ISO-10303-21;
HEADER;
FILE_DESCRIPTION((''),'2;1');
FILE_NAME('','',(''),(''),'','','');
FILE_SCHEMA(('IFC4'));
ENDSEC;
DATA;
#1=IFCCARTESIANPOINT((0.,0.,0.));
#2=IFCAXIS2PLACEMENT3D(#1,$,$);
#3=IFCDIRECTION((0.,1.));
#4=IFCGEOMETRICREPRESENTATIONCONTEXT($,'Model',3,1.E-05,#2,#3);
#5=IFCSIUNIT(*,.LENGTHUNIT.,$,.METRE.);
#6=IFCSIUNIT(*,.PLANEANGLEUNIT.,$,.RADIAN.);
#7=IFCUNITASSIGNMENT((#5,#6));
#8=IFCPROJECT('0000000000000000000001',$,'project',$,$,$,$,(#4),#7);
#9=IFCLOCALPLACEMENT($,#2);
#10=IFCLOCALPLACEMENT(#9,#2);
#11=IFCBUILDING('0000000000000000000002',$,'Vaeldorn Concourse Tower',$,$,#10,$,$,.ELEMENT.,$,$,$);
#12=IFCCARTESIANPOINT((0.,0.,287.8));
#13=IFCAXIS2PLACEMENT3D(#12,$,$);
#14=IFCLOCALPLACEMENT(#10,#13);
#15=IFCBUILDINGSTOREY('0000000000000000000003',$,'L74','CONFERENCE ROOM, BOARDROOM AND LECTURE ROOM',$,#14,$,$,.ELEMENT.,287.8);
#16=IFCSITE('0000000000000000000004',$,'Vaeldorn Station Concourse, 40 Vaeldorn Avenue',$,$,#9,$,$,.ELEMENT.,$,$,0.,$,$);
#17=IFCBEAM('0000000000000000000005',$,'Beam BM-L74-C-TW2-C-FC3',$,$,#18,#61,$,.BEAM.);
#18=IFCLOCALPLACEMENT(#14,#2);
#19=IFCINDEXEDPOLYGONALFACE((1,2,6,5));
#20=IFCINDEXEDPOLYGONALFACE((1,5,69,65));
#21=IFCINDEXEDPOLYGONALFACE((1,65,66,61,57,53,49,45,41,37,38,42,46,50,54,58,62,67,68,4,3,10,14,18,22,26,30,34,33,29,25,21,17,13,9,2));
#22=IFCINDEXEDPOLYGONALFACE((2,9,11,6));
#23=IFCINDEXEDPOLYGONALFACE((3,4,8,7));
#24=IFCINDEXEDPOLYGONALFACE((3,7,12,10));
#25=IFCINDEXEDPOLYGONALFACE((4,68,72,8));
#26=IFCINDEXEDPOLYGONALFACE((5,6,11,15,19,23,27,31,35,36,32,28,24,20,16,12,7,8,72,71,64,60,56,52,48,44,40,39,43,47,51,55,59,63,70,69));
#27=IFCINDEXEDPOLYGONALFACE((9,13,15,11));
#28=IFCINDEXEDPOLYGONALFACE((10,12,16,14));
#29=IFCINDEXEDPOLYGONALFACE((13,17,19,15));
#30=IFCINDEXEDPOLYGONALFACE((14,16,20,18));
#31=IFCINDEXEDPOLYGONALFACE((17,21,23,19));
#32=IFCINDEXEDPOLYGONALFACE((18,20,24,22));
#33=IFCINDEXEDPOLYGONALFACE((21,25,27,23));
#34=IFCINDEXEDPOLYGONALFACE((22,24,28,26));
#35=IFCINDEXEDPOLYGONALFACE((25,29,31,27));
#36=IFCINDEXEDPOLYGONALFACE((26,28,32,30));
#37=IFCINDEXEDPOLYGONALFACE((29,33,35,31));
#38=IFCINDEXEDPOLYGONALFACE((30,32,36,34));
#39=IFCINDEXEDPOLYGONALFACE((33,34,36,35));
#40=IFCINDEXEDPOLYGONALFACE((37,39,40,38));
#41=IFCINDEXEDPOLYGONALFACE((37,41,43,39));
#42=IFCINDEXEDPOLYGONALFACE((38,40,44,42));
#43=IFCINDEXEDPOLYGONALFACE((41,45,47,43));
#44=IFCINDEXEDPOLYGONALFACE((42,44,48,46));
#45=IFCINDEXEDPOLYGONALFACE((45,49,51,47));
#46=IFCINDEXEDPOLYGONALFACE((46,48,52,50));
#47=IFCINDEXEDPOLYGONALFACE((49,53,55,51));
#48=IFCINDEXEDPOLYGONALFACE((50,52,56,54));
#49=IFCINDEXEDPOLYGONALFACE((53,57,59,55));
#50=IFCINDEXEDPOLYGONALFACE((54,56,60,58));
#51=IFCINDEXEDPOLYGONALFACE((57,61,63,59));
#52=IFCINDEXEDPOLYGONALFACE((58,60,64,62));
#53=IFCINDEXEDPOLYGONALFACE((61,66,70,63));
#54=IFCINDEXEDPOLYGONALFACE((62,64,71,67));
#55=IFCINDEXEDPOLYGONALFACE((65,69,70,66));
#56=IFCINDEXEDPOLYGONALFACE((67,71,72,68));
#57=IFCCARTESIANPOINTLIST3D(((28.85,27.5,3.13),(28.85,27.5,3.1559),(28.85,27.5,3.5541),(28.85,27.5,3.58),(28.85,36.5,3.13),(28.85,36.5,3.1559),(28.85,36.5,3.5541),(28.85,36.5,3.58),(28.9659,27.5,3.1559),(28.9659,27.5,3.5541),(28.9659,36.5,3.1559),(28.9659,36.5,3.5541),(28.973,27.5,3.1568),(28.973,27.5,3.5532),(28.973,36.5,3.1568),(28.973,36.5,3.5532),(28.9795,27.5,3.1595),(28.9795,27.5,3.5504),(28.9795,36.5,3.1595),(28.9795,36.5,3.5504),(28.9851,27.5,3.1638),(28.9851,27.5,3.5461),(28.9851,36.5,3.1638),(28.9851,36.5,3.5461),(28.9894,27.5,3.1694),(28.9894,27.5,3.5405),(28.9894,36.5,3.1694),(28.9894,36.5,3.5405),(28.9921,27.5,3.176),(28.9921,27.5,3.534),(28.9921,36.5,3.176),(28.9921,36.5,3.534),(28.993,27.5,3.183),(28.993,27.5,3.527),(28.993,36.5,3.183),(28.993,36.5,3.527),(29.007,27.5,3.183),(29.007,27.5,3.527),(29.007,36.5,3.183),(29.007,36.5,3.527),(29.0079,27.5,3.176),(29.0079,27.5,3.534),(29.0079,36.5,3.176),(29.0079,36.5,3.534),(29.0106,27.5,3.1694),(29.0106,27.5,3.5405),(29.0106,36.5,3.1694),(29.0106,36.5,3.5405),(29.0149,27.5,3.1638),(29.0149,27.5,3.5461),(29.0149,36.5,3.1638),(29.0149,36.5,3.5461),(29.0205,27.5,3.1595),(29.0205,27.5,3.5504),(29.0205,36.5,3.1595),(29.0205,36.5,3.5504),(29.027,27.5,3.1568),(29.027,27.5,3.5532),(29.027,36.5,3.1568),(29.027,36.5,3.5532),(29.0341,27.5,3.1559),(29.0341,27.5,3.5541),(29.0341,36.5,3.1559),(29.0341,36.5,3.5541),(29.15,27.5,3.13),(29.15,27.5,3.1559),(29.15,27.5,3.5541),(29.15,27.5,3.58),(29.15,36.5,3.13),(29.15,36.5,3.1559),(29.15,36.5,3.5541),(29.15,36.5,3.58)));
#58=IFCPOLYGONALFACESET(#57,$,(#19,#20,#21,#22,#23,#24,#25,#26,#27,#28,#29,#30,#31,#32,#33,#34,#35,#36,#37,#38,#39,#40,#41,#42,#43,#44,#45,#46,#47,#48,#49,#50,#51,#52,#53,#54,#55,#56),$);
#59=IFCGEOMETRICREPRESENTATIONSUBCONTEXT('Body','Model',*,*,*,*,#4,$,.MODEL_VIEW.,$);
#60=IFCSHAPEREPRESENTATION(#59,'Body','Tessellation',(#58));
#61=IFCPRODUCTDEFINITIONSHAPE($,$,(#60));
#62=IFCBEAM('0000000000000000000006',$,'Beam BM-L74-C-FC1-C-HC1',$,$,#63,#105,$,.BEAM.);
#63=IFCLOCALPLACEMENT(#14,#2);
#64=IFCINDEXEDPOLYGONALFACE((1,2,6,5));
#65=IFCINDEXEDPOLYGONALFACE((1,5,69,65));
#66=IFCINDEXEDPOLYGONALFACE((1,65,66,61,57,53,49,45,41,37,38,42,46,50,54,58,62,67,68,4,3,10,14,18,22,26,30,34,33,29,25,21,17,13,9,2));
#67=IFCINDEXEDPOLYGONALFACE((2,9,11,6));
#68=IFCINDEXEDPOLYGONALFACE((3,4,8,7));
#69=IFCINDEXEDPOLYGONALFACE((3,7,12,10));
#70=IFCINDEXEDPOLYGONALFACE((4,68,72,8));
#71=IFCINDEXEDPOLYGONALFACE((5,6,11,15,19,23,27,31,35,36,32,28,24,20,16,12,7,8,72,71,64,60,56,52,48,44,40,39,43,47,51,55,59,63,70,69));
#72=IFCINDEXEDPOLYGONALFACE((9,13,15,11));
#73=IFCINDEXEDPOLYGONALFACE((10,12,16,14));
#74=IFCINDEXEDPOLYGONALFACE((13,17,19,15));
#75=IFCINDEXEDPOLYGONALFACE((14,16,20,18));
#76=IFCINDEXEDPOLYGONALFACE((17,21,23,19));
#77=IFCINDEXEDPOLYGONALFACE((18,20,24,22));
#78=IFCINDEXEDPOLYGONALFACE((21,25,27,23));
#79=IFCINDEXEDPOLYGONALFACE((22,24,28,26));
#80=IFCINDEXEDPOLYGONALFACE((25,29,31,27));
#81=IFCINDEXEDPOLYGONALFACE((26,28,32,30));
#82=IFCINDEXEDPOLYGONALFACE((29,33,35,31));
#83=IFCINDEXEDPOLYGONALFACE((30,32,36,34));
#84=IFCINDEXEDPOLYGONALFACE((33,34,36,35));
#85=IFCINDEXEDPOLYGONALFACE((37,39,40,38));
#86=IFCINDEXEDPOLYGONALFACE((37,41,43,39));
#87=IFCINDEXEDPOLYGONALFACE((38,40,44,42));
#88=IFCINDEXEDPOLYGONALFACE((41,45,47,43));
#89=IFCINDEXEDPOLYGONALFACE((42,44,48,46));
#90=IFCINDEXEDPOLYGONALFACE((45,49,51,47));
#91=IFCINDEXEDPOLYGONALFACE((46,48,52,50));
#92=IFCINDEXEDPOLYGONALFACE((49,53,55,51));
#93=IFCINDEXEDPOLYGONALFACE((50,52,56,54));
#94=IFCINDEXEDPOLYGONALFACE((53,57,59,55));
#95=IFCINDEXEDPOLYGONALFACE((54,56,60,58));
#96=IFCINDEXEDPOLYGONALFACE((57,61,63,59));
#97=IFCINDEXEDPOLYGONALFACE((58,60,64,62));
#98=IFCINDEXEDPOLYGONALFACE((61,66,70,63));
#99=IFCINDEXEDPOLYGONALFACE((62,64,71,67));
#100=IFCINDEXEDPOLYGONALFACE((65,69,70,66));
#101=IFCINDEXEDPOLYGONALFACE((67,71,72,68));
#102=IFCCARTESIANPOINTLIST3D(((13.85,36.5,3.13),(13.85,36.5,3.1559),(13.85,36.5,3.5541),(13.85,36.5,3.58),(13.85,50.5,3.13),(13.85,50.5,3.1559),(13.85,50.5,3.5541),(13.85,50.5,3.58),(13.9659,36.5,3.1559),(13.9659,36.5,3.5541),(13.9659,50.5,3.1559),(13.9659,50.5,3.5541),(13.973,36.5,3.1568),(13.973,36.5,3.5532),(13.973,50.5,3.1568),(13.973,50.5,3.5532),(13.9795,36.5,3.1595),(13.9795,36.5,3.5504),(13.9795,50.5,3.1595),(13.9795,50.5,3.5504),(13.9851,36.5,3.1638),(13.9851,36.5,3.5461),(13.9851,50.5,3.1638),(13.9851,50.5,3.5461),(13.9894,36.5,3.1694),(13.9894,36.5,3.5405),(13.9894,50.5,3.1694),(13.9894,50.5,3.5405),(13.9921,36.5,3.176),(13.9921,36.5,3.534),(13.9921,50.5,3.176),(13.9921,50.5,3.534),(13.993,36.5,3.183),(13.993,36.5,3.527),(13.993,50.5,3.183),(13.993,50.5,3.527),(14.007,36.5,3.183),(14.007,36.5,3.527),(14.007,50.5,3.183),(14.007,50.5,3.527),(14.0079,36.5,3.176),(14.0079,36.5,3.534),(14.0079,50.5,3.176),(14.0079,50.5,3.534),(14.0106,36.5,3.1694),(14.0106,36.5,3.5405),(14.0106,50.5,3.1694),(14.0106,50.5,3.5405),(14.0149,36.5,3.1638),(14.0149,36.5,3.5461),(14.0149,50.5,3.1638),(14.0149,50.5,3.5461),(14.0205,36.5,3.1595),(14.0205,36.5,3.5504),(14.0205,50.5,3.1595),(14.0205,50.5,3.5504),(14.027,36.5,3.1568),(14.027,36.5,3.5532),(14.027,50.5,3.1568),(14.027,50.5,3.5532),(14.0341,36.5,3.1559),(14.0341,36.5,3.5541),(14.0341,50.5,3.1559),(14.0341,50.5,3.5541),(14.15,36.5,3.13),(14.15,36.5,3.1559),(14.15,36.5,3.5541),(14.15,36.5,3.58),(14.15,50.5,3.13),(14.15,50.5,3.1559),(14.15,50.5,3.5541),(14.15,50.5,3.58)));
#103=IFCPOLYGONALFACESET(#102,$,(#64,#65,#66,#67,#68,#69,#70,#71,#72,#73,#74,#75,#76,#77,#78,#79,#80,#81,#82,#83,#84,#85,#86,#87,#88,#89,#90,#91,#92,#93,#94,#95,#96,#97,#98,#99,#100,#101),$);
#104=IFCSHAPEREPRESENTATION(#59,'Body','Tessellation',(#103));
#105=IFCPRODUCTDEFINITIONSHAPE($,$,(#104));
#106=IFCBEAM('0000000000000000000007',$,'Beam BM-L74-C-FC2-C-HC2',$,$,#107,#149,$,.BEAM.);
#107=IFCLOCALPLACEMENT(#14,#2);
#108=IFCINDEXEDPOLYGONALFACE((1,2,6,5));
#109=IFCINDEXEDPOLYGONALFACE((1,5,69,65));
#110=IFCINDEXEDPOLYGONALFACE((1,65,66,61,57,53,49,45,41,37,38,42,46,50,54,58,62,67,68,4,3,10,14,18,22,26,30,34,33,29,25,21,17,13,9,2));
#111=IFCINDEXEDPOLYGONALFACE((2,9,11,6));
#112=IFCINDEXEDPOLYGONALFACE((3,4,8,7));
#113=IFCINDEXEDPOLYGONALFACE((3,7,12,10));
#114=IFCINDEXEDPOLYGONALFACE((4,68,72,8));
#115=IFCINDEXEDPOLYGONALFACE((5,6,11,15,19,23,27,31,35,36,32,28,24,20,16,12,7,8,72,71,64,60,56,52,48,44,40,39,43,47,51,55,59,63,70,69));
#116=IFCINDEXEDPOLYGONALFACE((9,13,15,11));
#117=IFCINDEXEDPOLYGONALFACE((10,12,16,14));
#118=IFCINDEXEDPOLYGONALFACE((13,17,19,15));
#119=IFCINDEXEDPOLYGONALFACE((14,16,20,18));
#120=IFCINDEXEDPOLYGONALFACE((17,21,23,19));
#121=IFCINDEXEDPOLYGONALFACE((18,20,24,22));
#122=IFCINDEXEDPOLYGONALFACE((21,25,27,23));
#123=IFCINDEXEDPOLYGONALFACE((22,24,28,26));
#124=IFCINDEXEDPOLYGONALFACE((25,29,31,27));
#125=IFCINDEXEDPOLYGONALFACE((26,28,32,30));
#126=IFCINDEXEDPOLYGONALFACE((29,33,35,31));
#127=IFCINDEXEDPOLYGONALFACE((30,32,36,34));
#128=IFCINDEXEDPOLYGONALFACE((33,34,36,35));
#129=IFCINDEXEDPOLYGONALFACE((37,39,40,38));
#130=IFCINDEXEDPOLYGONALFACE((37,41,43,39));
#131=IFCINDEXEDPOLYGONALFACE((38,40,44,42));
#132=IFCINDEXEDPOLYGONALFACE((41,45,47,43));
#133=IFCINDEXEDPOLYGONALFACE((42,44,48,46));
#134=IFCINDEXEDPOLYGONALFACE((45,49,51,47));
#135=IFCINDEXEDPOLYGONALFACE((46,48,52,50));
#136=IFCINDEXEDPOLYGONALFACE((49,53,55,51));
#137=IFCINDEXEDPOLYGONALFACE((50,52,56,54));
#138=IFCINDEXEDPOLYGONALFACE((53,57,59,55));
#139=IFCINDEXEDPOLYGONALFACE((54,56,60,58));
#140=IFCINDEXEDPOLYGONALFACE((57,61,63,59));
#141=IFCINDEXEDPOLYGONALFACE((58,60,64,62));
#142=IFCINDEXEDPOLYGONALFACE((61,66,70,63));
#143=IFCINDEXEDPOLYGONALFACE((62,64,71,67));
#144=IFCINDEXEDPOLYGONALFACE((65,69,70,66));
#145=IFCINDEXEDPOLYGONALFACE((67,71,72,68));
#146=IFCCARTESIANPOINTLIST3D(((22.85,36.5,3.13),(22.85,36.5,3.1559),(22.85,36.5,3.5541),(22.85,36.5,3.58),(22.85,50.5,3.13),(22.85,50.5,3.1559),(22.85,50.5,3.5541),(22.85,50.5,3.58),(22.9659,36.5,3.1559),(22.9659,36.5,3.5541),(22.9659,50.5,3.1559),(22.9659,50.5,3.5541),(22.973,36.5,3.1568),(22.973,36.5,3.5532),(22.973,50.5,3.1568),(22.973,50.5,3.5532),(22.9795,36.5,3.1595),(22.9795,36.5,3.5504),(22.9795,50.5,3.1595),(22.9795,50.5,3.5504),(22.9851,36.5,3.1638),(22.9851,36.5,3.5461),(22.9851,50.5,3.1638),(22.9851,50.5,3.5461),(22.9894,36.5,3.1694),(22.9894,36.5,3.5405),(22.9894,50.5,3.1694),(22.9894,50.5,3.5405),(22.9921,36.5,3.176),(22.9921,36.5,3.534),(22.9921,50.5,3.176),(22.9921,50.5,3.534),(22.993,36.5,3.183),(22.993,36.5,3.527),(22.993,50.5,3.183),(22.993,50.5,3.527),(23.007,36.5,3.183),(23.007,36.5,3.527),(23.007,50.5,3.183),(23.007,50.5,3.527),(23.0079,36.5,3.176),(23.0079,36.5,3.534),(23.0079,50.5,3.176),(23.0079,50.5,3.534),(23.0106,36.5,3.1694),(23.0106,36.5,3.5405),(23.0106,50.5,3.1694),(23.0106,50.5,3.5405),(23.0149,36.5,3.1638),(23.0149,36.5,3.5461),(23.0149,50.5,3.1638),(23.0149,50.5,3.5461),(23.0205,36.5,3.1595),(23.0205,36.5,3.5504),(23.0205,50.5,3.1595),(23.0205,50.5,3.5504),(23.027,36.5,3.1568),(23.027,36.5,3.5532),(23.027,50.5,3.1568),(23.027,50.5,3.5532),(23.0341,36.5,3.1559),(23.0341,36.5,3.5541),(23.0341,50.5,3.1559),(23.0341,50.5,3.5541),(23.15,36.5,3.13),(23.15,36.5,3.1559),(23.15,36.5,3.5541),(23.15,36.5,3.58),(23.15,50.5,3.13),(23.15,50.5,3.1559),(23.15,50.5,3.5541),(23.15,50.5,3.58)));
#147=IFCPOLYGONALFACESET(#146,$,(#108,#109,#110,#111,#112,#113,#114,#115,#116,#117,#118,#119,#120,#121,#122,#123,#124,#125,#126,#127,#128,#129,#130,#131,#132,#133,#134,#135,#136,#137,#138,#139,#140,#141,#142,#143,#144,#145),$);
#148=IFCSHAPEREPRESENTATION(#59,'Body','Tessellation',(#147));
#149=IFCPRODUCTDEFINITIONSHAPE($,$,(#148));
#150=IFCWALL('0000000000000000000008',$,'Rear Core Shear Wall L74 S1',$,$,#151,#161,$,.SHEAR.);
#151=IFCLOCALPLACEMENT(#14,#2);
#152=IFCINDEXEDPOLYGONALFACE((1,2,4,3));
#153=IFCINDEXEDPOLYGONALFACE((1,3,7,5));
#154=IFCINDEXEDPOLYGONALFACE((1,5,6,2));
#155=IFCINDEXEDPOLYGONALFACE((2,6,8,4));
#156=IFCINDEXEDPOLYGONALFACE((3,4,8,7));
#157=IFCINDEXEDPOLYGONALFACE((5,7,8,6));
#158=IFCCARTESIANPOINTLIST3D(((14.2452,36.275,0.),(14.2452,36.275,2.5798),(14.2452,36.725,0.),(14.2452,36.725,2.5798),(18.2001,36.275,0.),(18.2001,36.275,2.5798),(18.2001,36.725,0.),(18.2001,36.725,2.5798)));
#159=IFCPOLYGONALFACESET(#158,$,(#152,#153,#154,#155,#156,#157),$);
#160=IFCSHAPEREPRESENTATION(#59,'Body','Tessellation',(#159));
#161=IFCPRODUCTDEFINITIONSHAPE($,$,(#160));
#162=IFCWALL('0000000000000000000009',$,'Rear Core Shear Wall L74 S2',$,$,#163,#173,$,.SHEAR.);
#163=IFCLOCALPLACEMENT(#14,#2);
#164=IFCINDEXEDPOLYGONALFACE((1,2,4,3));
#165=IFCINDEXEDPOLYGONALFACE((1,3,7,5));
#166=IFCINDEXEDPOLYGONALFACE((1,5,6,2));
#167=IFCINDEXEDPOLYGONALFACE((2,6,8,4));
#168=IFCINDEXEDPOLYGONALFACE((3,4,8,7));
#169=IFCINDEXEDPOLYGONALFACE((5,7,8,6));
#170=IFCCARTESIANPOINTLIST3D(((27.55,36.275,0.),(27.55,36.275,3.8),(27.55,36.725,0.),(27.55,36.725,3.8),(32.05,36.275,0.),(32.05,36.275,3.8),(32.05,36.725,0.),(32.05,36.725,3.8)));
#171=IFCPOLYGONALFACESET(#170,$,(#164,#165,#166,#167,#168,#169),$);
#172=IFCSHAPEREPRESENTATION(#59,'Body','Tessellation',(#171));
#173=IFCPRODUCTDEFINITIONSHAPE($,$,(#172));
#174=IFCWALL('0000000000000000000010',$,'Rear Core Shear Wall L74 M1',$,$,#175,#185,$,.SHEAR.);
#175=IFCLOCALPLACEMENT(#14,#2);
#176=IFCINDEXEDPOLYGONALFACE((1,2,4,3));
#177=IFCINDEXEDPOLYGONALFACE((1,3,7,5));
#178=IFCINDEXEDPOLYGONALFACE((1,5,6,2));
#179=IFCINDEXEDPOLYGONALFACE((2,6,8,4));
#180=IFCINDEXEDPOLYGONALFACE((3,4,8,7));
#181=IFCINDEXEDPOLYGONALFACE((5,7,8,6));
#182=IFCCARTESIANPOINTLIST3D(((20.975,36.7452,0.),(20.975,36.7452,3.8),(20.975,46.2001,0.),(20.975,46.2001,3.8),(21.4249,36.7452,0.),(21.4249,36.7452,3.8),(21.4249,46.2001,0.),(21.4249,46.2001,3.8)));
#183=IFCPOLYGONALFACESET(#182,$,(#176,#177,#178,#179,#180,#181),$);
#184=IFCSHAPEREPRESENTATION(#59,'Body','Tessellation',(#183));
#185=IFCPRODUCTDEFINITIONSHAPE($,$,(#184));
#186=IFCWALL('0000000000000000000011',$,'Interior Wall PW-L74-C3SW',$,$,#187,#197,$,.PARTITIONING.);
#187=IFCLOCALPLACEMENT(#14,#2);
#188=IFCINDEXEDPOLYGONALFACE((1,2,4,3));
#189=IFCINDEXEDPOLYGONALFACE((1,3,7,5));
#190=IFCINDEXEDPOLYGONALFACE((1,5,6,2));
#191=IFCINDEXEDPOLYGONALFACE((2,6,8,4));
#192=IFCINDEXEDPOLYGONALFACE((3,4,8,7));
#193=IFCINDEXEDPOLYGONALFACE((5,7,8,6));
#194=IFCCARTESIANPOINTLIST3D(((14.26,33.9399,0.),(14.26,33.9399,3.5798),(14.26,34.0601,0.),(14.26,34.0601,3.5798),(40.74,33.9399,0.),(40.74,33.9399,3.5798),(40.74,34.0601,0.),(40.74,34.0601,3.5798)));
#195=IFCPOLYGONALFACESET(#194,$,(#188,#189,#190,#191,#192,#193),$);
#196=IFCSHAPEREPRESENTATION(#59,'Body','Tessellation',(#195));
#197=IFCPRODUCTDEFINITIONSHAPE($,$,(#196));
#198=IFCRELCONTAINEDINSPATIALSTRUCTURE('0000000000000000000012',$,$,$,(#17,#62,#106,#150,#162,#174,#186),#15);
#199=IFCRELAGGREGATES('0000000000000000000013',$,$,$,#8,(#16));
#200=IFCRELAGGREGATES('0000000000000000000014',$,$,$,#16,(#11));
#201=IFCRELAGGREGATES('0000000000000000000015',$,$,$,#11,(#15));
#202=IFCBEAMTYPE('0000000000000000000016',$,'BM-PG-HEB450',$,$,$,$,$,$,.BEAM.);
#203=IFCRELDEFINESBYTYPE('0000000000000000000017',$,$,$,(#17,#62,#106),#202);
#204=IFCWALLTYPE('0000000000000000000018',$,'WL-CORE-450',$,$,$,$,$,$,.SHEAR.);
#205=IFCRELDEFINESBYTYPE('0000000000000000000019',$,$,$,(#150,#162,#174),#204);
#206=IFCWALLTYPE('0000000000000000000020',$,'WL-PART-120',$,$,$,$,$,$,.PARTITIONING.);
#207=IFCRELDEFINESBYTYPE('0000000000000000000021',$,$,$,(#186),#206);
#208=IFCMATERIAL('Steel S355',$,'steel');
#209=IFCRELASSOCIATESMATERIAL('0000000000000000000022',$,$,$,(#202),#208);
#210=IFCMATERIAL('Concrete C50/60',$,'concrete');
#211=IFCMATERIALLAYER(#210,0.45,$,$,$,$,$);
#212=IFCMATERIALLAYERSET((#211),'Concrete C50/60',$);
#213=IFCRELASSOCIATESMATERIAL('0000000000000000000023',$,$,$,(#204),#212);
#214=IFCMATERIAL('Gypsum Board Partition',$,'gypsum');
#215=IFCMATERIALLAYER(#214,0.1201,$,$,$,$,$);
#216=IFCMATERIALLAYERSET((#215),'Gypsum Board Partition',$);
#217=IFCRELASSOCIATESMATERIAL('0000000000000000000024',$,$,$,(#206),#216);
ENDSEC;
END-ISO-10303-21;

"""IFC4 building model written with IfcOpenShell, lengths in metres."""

from ifc_helpers import new_model, si_unit, direction, frame, frame_2d, origin, origin_2d, place, context, subcontext, project, spatial, rectangle, i_section, extrude, source, transform, mapped, material, layer, layer_set, material_profile, profile_set, type_object, element, save


model = new_model("IFC4")

# Units and contexts
model_context = context("Model", 3, precision=1e-05, world=origin(), true_north=direction((0.0, 1.0)))
body_context = subcontext(model_context, "Body", "Model", "MODEL_VIEW")
ifc_project = project(units=[si_unit("LENGTHUNIT", "METRE"), si_unit("PLANEANGLEUNIT", "RADIAN")], contexts=[model_context])

# Site, building, storey
site_placement = place(None, origin())
site = spatial("IfcSite", under=ifc_project, at=site_placement, Name="Vaeldorn Station Concourse, 40 Vaeldorn Avenue", CompositionType="ELEMENT", RefElevation=0.0)
building_placement = place(site_placement, origin())
building = spatial("IfcBuilding", under=site, at=building_placement, Name="Vaeldorn Concourse Tower", CompositionType="ELEMENT")
storey_placement = place(building_placement, frame((0.0, 0.0, 287.8)))
storey = spatial("IfcBuildingStorey", under=building, at=storey_placement, Name="L74", Description="CONFERENCE ROOM, BOARDROOM AND LECTURE ROOM", CompositionType="ELEMENT", Elevation=287.8)

# Shared definitions
ifc_material_1 = material(Name="Steel S355", Category="steel")

# Beams
ifc_material_2 = material(Name="Concrete C50/60", Category="concrete")
ifc_material_profile_1 = material_profile(ifc_material_1, i_section(OverallWidth=0.3, OverallDepth=0.45, WebThickness=0.0139, FlangeThickness=0.0259, FilletRadius=0.0271, at=origin_2d()), Name="HEB 450")
ifc_profile_set_1 = profile_set([ifc_material_profile_1], Name="Steel S355")
beam_type_1 = type_object("IfcBeamType", Name="BM-PG-HEB450", PredefinedType="BEAM", material=ifc_profile_set_1)
shared_shape_1 = source(origin(), body_context, "Body", "SweptSolid", [
    extrude(i_section(OverallWidth=0.3, OverallDepth=0.45, WebThickness=0.0139, FlangeThickness=0.0259, FilletRadius=0.0271, at=origin_2d()), origin(), (0.0, 0.0, 1.0), 9.0),
])
beam_1_placement = place(storey_placement, frame((29.0, 27.5, 3.355), z_axis=(0.0, 1.0, 0.0), x_axis=(-1.0, 0.0, 0.0)))
element("IfcBeam", 1, at=beam_1_placement, inside=storey, type_object=beam_type_1, Name="Beam BM-L74-C-TW2-C-FC3", PredefinedType="BEAM", context=body_context, shape_type="MappedRepresentation", body=[
    mapped(shared_shape_1, transform((0.0, 0.0, 0.0), scale=1.0)),
])
shared_shape_2 = source(origin(), body_context, "Body", "SweptSolid", [
    extrude(i_section(OverallWidth=0.3, OverallDepth=0.45, WebThickness=0.0139, FlangeThickness=0.0259, FilletRadius=0.0271, at=origin_2d()), origin(), (0.0, 0.0, 1.0), 14.0),
])
for number, where, z_axis, x_axis, name in (
    (2, (14.0, 36.5, 3.355), (0.0, 1.0, 0.0), (-1.0, 0.0, 0.0), "Beam BM-L74-C-FC1-C-HC1"),
    (3, (23.0, 36.5, 3.355), (0.0, 1.0, 0.0), (-1.0, 0.0, 0.0), "Beam BM-L74-C-FC2-C-HC2"),
):
    element("IfcBeam", number, at=place(storey_placement, frame(where, z_axis=z_axis, x_axis=x_axis)), inside=storey, type_object=beam_type_1, Name=name, PredefinedType="BEAM", context=body_context, shape_type="MappedRepresentation", body=[
        mapped(shared_shape_2, transform((0.0, 0.0, 0.0), scale=1.0)),
    ])

# Walls
ifc_layer_1 = layer(ifc_material_2, 0.45)
ifc_layer_set_1 = layer_set([ifc_layer_1], Name="Concrete C50/60")
wall_type_1 = type_object("IfcWallType", Name="WL-CORE-450", PredefinedType="SHEAR", material=ifc_layer_set_1)
wall_1_placement = place(storey_placement, frame((14.2451, 36.5, 0.0), z_axis=(0.0, 0.0, 1.0), x_axis=(1.0, 0.0, 0.0)))
element("IfcWall", 4, at=wall_1_placement, inside=storey, type_object=wall_type_1, Name="Rear Core Shear Wall L74 S1", PredefinedType="SHEAR", context=body_context, shape_type="SweptSolid", body=[
    extrude(rectangle(XDim=3.9548, YDim=0.45, at=frame_2d((1.9775, 0.0))), origin(), (0.0, 0.0, 1.0), 2.5798),
])
wall_2_placement = place(storey_placement, frame((27.55, 36.5, 0.0), z_axis=(0.0, 0.0, 1.0), x_axis=(1.0, 0.0, 0.0)))
element("IfcWall", 5, at=wall_2_placement, inside=storey, type_object=wall_type_1, Name="Rear Core Shear Wall L74 S2", PredefinedType="SHEAR", context=body_context, shape_type="SweptSolid", body=[
    extrude(rectangle(XDim=4.5, YDim=0.45, at=frame_2d((2.25, 0.0))), origin(), (0.0, 0.0, 1.0), 3.8),
])
wall_3_placement = place(storey_placement, frame((21.2, 36.7451, 0.0), z_axis=(0.0, 0.0, 1.0), x_axis=(0.0, 1.0, 0.0)))
element("IfcWall", 6, at=wall_3_placement, inside=storey, type_object=wall_type_1, Name="Rear Core Shear Wall L74 M1", PredefinedType="SHEAR", context=body_context, shape_type="SweptSolid", body=[
    extrude(rectangle(XDim=9.4548, YDim=0.45, at=frame_2d((4.7275, 0.0))), origin(), (0.0, 0.0, 1.0), 3.8),
])
ifc_material_3 = material(Name="Gypsum Board Partition", Category="gypsum")
ifc_layer_2 = layer(ifc_material_3, 0.1201)
ifc_layer_set_2 = layer_set([ifc_layer_2], Name="Gypsum Board Partition")
wall_type_2 = type_object("IfcWallType", Name="WL-PART-120", PredefinedType="PARTITIONING", material=ifc_layer_set_2)
wall_4_placement = place(storey_placement, frame((14.26, 34.0, 0.0), z_axis=(0.0, 0.0, 1.0), x_axis=(1.0, 0.0, 0.0)))
element("IfcWall", 7, at=wall_4_placement, inside=storey, type_object=wall_type_2, Name="Interior Wall PW-L74-C3SW", PredefinedType="PARTITIONING", context=body_context, shape_type="SweptSolid", body=[
    extrude(rectangle(XDim=26.48, YDim=0.1201, at=frame_2d((13.24, 0.0))), origin(), (0.0, 0.0, 1.0), 3.5798),
])

save(model, "model.ifc")
